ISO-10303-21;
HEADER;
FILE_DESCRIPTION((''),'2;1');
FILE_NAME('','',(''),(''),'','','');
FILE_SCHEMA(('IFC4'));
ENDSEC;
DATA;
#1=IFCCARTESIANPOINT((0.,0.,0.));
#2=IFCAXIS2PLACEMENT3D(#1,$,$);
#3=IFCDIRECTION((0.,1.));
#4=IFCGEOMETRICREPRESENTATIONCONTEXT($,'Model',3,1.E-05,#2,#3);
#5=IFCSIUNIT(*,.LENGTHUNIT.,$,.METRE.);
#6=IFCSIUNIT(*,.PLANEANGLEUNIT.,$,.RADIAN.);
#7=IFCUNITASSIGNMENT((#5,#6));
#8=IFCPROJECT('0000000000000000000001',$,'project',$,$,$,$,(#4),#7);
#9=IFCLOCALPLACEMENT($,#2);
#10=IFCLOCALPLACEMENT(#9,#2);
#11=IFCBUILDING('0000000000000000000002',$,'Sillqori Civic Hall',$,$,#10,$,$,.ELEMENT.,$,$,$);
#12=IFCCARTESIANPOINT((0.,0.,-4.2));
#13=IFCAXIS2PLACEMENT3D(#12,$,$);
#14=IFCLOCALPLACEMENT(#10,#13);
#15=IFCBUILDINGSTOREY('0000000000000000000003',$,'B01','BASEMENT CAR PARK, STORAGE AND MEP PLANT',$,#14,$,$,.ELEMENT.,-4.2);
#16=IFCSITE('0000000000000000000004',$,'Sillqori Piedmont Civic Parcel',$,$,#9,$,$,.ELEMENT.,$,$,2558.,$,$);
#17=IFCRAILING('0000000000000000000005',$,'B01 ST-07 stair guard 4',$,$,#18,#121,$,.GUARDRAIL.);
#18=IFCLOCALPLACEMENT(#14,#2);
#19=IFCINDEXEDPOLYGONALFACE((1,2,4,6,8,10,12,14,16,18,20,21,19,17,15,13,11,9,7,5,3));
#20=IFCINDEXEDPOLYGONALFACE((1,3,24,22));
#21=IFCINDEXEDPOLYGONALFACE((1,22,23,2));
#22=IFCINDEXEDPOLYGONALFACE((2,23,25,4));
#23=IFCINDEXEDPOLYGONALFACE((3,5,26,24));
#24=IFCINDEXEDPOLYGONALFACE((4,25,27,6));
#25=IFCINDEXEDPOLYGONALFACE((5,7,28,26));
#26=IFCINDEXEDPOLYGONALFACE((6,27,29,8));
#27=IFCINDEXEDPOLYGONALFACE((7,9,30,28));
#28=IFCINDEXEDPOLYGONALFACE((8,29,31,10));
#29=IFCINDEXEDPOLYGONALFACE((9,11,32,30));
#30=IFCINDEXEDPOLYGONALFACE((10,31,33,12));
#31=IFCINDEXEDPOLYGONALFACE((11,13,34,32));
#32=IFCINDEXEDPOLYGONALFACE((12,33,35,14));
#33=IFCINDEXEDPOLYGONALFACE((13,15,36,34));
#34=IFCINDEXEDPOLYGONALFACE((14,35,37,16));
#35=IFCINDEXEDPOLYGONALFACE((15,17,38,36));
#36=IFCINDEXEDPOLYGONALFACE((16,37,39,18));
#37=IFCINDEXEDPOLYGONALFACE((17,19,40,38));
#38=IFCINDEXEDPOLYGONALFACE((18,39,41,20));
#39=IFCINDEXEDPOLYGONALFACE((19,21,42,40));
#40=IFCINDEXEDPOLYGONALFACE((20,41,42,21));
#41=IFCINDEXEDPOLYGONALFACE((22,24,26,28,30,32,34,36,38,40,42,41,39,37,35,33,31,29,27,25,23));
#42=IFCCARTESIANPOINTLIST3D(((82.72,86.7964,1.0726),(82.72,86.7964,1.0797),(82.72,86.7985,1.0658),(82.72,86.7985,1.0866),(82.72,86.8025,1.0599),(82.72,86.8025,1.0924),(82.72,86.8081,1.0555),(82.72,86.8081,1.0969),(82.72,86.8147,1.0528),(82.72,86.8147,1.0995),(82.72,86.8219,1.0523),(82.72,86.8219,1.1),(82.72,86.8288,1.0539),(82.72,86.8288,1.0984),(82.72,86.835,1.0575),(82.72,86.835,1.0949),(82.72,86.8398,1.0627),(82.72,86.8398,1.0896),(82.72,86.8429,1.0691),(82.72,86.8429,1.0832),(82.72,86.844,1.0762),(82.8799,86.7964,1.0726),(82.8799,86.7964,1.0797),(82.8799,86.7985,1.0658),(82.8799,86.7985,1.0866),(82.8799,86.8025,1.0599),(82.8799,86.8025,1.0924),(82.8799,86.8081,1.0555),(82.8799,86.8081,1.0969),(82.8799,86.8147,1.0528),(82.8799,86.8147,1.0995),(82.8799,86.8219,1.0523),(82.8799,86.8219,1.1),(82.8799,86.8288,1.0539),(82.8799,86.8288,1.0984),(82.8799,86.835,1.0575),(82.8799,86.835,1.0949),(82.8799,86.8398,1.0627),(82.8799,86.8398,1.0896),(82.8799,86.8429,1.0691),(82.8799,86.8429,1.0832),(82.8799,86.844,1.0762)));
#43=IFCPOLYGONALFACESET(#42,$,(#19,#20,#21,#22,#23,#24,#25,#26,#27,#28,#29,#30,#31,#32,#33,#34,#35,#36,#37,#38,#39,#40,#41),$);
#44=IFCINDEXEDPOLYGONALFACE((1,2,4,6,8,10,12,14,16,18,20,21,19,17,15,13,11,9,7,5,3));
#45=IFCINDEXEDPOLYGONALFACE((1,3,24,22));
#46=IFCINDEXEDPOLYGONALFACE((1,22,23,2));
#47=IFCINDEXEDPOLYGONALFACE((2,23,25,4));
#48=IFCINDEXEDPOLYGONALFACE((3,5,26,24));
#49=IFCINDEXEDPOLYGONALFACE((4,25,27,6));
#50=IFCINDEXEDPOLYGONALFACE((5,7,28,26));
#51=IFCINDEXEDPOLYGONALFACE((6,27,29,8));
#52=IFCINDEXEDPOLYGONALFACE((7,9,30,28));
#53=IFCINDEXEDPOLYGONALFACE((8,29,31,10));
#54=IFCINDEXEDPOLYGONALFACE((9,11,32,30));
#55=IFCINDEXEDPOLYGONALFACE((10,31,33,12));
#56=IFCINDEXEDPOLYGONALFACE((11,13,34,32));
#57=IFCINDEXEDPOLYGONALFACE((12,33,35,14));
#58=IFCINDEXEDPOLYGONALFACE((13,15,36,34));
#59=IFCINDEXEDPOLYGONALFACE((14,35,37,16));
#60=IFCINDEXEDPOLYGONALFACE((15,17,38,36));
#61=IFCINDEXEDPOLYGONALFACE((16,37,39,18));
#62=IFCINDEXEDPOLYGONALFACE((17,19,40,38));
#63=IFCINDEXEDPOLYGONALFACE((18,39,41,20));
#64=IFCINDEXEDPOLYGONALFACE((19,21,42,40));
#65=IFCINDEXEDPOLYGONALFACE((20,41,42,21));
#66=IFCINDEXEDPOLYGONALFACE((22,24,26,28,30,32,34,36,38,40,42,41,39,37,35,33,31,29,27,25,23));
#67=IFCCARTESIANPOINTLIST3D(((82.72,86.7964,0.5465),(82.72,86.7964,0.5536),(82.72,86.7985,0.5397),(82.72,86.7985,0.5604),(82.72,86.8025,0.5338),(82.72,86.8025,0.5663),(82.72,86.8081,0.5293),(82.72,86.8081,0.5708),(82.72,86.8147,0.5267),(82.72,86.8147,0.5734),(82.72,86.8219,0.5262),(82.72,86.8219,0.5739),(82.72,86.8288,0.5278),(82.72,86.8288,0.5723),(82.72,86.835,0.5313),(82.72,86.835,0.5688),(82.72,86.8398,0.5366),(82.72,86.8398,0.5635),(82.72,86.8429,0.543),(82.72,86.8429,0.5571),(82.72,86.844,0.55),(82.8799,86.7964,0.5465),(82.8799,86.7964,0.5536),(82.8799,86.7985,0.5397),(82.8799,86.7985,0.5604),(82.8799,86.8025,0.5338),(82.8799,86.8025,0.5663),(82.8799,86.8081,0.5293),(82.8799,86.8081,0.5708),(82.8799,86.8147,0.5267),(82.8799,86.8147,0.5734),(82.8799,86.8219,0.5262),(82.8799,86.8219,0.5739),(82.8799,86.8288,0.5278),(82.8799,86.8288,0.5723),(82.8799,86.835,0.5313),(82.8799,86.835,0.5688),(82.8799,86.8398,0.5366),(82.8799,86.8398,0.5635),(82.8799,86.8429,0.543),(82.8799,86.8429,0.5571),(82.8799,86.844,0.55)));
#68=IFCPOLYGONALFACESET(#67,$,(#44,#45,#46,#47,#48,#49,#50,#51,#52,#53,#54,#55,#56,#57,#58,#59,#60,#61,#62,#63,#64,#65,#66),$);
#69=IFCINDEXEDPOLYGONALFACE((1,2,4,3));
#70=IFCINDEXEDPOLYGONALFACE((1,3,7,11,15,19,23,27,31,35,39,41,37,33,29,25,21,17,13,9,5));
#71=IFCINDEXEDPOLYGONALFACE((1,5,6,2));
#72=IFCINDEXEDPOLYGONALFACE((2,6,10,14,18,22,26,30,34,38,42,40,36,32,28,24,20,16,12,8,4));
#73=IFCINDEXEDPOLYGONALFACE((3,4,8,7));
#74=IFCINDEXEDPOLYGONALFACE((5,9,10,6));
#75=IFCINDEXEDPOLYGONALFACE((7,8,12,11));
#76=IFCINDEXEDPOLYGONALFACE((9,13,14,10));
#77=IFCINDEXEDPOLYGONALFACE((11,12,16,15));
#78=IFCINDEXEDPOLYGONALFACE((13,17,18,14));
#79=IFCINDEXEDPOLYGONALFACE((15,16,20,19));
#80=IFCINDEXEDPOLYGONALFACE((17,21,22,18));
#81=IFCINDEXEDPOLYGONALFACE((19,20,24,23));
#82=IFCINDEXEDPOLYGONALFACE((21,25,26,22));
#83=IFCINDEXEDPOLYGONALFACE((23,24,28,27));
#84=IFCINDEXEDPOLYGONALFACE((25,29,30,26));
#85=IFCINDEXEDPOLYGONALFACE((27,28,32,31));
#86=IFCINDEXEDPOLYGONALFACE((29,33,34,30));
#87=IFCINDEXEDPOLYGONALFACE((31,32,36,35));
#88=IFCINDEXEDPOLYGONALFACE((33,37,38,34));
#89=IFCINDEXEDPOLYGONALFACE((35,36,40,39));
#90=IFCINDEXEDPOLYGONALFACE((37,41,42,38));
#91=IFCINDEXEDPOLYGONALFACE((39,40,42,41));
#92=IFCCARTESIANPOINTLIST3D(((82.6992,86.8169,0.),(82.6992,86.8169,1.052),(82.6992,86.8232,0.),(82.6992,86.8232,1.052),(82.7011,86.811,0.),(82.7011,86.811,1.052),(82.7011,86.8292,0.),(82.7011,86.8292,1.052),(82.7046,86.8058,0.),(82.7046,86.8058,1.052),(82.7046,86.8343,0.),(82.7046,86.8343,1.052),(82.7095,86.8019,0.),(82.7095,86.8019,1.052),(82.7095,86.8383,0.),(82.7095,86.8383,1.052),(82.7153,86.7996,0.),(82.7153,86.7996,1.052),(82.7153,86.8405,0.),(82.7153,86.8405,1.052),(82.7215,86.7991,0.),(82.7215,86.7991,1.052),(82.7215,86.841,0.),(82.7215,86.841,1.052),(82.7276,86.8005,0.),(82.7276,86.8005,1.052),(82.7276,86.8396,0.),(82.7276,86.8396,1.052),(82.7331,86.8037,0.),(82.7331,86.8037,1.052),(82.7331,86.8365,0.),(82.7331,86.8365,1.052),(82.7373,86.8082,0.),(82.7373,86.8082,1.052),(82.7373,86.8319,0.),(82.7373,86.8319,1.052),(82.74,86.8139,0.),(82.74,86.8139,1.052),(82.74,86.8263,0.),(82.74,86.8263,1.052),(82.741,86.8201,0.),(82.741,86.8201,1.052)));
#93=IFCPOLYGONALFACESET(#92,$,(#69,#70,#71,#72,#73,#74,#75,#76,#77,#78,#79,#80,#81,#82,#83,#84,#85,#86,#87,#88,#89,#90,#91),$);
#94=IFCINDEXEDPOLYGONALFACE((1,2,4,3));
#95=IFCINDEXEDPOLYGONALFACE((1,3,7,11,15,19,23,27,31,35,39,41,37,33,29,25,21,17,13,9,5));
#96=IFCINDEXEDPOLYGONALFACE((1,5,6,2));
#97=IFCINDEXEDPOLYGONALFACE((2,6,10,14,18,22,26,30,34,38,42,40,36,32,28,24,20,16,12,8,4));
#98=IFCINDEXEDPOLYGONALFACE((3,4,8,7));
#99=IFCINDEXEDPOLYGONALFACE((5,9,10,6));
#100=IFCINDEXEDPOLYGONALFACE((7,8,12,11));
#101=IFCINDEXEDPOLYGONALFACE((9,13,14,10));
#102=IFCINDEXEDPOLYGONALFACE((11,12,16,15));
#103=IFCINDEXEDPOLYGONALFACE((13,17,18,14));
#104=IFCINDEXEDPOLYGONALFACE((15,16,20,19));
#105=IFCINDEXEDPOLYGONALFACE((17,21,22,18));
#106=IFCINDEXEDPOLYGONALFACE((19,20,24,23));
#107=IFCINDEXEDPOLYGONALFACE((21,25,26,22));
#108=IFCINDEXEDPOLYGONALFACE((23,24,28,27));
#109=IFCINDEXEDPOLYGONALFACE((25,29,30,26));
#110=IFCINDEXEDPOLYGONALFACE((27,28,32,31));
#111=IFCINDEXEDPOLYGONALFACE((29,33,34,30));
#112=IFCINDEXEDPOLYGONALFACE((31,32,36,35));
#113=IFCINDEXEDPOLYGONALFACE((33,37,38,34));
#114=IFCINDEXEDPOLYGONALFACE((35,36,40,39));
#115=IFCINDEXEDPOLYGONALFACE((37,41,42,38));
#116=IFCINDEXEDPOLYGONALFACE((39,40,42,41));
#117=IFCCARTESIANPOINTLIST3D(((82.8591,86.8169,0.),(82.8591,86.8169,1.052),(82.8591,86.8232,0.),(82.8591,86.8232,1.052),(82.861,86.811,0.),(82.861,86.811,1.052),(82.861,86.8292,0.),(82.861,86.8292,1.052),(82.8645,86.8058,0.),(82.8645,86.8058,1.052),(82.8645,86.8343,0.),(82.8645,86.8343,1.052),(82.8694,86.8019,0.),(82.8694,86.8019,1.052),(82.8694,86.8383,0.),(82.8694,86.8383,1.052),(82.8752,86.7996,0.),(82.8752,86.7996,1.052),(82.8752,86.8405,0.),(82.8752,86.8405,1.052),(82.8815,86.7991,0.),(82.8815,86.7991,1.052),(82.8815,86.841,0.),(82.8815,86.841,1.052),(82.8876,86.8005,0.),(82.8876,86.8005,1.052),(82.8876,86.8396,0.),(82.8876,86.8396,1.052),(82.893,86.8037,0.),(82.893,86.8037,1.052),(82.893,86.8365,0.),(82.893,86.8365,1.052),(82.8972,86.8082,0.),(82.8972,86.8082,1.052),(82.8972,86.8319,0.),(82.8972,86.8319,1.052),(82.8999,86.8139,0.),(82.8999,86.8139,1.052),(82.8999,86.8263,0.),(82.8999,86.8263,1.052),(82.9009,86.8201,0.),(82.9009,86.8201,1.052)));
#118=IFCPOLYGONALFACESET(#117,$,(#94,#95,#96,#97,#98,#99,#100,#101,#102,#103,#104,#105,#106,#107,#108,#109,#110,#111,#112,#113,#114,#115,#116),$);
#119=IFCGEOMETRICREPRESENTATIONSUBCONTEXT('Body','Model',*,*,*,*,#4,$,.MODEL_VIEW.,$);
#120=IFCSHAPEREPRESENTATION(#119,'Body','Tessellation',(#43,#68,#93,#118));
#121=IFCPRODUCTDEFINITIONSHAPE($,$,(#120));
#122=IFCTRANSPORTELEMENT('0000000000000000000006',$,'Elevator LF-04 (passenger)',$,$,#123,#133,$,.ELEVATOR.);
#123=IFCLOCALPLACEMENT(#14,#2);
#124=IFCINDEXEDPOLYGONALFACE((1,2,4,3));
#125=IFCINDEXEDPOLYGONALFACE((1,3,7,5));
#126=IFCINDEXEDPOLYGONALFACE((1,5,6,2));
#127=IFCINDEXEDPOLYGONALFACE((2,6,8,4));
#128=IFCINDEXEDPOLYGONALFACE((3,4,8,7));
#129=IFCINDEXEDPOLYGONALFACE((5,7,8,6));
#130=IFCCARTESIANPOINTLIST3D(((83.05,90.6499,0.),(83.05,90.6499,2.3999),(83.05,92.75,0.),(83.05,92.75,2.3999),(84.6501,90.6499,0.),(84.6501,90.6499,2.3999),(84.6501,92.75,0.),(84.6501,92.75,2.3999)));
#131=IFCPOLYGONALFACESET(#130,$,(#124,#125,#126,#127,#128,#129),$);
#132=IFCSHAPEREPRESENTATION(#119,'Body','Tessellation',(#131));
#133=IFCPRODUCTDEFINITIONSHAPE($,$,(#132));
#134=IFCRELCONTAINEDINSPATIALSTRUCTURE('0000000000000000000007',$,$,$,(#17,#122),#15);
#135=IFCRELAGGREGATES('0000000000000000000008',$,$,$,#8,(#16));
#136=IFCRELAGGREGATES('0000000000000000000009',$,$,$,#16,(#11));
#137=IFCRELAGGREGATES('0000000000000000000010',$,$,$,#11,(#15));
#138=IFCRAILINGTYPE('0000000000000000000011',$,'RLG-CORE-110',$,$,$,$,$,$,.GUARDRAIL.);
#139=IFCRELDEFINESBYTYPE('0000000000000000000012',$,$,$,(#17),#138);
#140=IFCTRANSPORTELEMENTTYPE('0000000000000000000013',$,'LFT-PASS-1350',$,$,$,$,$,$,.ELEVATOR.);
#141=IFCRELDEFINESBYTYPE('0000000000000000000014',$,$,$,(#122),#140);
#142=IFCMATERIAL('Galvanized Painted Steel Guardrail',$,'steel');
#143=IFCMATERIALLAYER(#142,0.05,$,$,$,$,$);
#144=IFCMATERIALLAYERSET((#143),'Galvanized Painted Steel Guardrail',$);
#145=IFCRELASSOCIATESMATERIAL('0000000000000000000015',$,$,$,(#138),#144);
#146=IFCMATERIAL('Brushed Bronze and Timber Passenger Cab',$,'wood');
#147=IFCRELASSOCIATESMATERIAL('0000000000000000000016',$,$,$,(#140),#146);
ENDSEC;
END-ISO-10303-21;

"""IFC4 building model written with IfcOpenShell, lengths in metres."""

from ifc_helpers import new_model, si_unit, direction, frame, origin, origin_2d, place, context, subcontext, project, spatial, rectangle, circle, extrude, material, layer, layer_set, type_object, element, save


model = new_model("IFC4")

# Units and contexts
model_context = context("Model", 3, precision=1e-05, world=origin(), true_north=direction((0.0, 1.0)))
body_context = subcontext(model_context, "Body", "Model", "MODEL_VIEW")
ifc_project = project(units=[si_unit("LENGTHUNIT", "METRE"), si_unit("PLANEANGLEUNIT", "RADIAN")], contexts=[model_context])

# Site, building, storey
site_placement = place(None, origin())
site = spatial("IfcSite", under=ifc_project, at=site_placement, Name="Sillqori Piedmont Civic Parcel", CompositionType="ELEMENT", RefElevation=2558.0)
building_placement = place(site_placement, origin())
building = spatial("IfcBuilding", under=site, at=building_placement, Name="Sillqori Civic Hall", CompositionType="ELEMENT")
storey_placement = place(building_placement, frame((0.0, 0.0, -4.2)))
storey = spatial("IfcBuildingStorey", under=building, at=storey_placement, Name="B01", Description="BASEMENT CAR PARK, STORAGE AND MEP PLANT", CompositionType="ELEMENT", Elevation=-4.2)

# Railing
ifc_material_1 = material(Name="Galvanized Painted Steel Guardrail", Category="steel")
ifc_layer_1 = layer(ifc_material_1, 0.05)
ifc_layer_set_1 = layer_set([ifc_layer_1], Name="Galvanized Painted Steel Guardrail")
railing_type_1 = type_object("IfcRailingType", Name="RLG-CORE-110", PredefinedType="GUARDRAIL", material=ifc_layer_set_1)
railing_1_placement = place(storey_placement, frame((82.72, 86.8201, 0.0)))
element("IfcRailing", 1, at=railing_1_placement, inside=storey, type_object=railing_type_1, Name="B01 ST-07 stair guard 4", PredefinedType="GUARDRAIL", context=body_context, shape_type="SweptSolid", body=[
    extrude(circle(Radius=0.0239, at=origin_2d()), frame((0.0, 0.0, 1.0762), z_axis=(1.0, 0.0, 0.0), x_axis=(0.0, 1.0, 0.0)), (0.0, 0.0, 1.0), 0.1599),
    extrude(circle(Radius=0.0239, at=origin_2d()), frame((0.0, 0.0, 0.55), z_axis=(1.0, 0.0, 0.0), x_axis=(0.0, 1.0, 0.0)), (0.0, 0.0, 1.0), 0.1599),
    extrude(circle(Radius=0.021, at=origin_2d()), origin(), (0.0, 0.0, 1.0), 1.052),
    extrude(circle(Radius=0.021, at=origin_2d()), frame((0.1599, 0.0, 0.0)), (0.0, 0.0, 1.0), 1.052),
])

# Transport element
ifc_material_2 = material(Name="Brushed Bronze and Timber Passenger Cab", Category="wood")
transport_element_type = type_object("IfcTransportElementType", Name="LFT-PASS-1350", PredefinedType="ELEVATOR", material=ifc_material_2)
transport_element_placement = place(storey_placement, frame((83.8501, 91.7, 0.0), z_axis=(0.0, 0.0, 1.0), x_axis=(1.0, 0.0, 0.0)))
element("IfcTransportElement", 2, at=transport_element_placement, inside=storey, type_object=transport_element_type, Name="Elevator LF-04 (passenger)", PredefinedType="ELEVATOR", context=body_context, shape_type="SweptSolid", body=[
    extrude(rectangle(XDim=1.6001, YDim=2.1001, at=origin_2d()), origin(), (0.0, 0.0, 1.0), 2.3999),
])

save(model, "model.ifc")
